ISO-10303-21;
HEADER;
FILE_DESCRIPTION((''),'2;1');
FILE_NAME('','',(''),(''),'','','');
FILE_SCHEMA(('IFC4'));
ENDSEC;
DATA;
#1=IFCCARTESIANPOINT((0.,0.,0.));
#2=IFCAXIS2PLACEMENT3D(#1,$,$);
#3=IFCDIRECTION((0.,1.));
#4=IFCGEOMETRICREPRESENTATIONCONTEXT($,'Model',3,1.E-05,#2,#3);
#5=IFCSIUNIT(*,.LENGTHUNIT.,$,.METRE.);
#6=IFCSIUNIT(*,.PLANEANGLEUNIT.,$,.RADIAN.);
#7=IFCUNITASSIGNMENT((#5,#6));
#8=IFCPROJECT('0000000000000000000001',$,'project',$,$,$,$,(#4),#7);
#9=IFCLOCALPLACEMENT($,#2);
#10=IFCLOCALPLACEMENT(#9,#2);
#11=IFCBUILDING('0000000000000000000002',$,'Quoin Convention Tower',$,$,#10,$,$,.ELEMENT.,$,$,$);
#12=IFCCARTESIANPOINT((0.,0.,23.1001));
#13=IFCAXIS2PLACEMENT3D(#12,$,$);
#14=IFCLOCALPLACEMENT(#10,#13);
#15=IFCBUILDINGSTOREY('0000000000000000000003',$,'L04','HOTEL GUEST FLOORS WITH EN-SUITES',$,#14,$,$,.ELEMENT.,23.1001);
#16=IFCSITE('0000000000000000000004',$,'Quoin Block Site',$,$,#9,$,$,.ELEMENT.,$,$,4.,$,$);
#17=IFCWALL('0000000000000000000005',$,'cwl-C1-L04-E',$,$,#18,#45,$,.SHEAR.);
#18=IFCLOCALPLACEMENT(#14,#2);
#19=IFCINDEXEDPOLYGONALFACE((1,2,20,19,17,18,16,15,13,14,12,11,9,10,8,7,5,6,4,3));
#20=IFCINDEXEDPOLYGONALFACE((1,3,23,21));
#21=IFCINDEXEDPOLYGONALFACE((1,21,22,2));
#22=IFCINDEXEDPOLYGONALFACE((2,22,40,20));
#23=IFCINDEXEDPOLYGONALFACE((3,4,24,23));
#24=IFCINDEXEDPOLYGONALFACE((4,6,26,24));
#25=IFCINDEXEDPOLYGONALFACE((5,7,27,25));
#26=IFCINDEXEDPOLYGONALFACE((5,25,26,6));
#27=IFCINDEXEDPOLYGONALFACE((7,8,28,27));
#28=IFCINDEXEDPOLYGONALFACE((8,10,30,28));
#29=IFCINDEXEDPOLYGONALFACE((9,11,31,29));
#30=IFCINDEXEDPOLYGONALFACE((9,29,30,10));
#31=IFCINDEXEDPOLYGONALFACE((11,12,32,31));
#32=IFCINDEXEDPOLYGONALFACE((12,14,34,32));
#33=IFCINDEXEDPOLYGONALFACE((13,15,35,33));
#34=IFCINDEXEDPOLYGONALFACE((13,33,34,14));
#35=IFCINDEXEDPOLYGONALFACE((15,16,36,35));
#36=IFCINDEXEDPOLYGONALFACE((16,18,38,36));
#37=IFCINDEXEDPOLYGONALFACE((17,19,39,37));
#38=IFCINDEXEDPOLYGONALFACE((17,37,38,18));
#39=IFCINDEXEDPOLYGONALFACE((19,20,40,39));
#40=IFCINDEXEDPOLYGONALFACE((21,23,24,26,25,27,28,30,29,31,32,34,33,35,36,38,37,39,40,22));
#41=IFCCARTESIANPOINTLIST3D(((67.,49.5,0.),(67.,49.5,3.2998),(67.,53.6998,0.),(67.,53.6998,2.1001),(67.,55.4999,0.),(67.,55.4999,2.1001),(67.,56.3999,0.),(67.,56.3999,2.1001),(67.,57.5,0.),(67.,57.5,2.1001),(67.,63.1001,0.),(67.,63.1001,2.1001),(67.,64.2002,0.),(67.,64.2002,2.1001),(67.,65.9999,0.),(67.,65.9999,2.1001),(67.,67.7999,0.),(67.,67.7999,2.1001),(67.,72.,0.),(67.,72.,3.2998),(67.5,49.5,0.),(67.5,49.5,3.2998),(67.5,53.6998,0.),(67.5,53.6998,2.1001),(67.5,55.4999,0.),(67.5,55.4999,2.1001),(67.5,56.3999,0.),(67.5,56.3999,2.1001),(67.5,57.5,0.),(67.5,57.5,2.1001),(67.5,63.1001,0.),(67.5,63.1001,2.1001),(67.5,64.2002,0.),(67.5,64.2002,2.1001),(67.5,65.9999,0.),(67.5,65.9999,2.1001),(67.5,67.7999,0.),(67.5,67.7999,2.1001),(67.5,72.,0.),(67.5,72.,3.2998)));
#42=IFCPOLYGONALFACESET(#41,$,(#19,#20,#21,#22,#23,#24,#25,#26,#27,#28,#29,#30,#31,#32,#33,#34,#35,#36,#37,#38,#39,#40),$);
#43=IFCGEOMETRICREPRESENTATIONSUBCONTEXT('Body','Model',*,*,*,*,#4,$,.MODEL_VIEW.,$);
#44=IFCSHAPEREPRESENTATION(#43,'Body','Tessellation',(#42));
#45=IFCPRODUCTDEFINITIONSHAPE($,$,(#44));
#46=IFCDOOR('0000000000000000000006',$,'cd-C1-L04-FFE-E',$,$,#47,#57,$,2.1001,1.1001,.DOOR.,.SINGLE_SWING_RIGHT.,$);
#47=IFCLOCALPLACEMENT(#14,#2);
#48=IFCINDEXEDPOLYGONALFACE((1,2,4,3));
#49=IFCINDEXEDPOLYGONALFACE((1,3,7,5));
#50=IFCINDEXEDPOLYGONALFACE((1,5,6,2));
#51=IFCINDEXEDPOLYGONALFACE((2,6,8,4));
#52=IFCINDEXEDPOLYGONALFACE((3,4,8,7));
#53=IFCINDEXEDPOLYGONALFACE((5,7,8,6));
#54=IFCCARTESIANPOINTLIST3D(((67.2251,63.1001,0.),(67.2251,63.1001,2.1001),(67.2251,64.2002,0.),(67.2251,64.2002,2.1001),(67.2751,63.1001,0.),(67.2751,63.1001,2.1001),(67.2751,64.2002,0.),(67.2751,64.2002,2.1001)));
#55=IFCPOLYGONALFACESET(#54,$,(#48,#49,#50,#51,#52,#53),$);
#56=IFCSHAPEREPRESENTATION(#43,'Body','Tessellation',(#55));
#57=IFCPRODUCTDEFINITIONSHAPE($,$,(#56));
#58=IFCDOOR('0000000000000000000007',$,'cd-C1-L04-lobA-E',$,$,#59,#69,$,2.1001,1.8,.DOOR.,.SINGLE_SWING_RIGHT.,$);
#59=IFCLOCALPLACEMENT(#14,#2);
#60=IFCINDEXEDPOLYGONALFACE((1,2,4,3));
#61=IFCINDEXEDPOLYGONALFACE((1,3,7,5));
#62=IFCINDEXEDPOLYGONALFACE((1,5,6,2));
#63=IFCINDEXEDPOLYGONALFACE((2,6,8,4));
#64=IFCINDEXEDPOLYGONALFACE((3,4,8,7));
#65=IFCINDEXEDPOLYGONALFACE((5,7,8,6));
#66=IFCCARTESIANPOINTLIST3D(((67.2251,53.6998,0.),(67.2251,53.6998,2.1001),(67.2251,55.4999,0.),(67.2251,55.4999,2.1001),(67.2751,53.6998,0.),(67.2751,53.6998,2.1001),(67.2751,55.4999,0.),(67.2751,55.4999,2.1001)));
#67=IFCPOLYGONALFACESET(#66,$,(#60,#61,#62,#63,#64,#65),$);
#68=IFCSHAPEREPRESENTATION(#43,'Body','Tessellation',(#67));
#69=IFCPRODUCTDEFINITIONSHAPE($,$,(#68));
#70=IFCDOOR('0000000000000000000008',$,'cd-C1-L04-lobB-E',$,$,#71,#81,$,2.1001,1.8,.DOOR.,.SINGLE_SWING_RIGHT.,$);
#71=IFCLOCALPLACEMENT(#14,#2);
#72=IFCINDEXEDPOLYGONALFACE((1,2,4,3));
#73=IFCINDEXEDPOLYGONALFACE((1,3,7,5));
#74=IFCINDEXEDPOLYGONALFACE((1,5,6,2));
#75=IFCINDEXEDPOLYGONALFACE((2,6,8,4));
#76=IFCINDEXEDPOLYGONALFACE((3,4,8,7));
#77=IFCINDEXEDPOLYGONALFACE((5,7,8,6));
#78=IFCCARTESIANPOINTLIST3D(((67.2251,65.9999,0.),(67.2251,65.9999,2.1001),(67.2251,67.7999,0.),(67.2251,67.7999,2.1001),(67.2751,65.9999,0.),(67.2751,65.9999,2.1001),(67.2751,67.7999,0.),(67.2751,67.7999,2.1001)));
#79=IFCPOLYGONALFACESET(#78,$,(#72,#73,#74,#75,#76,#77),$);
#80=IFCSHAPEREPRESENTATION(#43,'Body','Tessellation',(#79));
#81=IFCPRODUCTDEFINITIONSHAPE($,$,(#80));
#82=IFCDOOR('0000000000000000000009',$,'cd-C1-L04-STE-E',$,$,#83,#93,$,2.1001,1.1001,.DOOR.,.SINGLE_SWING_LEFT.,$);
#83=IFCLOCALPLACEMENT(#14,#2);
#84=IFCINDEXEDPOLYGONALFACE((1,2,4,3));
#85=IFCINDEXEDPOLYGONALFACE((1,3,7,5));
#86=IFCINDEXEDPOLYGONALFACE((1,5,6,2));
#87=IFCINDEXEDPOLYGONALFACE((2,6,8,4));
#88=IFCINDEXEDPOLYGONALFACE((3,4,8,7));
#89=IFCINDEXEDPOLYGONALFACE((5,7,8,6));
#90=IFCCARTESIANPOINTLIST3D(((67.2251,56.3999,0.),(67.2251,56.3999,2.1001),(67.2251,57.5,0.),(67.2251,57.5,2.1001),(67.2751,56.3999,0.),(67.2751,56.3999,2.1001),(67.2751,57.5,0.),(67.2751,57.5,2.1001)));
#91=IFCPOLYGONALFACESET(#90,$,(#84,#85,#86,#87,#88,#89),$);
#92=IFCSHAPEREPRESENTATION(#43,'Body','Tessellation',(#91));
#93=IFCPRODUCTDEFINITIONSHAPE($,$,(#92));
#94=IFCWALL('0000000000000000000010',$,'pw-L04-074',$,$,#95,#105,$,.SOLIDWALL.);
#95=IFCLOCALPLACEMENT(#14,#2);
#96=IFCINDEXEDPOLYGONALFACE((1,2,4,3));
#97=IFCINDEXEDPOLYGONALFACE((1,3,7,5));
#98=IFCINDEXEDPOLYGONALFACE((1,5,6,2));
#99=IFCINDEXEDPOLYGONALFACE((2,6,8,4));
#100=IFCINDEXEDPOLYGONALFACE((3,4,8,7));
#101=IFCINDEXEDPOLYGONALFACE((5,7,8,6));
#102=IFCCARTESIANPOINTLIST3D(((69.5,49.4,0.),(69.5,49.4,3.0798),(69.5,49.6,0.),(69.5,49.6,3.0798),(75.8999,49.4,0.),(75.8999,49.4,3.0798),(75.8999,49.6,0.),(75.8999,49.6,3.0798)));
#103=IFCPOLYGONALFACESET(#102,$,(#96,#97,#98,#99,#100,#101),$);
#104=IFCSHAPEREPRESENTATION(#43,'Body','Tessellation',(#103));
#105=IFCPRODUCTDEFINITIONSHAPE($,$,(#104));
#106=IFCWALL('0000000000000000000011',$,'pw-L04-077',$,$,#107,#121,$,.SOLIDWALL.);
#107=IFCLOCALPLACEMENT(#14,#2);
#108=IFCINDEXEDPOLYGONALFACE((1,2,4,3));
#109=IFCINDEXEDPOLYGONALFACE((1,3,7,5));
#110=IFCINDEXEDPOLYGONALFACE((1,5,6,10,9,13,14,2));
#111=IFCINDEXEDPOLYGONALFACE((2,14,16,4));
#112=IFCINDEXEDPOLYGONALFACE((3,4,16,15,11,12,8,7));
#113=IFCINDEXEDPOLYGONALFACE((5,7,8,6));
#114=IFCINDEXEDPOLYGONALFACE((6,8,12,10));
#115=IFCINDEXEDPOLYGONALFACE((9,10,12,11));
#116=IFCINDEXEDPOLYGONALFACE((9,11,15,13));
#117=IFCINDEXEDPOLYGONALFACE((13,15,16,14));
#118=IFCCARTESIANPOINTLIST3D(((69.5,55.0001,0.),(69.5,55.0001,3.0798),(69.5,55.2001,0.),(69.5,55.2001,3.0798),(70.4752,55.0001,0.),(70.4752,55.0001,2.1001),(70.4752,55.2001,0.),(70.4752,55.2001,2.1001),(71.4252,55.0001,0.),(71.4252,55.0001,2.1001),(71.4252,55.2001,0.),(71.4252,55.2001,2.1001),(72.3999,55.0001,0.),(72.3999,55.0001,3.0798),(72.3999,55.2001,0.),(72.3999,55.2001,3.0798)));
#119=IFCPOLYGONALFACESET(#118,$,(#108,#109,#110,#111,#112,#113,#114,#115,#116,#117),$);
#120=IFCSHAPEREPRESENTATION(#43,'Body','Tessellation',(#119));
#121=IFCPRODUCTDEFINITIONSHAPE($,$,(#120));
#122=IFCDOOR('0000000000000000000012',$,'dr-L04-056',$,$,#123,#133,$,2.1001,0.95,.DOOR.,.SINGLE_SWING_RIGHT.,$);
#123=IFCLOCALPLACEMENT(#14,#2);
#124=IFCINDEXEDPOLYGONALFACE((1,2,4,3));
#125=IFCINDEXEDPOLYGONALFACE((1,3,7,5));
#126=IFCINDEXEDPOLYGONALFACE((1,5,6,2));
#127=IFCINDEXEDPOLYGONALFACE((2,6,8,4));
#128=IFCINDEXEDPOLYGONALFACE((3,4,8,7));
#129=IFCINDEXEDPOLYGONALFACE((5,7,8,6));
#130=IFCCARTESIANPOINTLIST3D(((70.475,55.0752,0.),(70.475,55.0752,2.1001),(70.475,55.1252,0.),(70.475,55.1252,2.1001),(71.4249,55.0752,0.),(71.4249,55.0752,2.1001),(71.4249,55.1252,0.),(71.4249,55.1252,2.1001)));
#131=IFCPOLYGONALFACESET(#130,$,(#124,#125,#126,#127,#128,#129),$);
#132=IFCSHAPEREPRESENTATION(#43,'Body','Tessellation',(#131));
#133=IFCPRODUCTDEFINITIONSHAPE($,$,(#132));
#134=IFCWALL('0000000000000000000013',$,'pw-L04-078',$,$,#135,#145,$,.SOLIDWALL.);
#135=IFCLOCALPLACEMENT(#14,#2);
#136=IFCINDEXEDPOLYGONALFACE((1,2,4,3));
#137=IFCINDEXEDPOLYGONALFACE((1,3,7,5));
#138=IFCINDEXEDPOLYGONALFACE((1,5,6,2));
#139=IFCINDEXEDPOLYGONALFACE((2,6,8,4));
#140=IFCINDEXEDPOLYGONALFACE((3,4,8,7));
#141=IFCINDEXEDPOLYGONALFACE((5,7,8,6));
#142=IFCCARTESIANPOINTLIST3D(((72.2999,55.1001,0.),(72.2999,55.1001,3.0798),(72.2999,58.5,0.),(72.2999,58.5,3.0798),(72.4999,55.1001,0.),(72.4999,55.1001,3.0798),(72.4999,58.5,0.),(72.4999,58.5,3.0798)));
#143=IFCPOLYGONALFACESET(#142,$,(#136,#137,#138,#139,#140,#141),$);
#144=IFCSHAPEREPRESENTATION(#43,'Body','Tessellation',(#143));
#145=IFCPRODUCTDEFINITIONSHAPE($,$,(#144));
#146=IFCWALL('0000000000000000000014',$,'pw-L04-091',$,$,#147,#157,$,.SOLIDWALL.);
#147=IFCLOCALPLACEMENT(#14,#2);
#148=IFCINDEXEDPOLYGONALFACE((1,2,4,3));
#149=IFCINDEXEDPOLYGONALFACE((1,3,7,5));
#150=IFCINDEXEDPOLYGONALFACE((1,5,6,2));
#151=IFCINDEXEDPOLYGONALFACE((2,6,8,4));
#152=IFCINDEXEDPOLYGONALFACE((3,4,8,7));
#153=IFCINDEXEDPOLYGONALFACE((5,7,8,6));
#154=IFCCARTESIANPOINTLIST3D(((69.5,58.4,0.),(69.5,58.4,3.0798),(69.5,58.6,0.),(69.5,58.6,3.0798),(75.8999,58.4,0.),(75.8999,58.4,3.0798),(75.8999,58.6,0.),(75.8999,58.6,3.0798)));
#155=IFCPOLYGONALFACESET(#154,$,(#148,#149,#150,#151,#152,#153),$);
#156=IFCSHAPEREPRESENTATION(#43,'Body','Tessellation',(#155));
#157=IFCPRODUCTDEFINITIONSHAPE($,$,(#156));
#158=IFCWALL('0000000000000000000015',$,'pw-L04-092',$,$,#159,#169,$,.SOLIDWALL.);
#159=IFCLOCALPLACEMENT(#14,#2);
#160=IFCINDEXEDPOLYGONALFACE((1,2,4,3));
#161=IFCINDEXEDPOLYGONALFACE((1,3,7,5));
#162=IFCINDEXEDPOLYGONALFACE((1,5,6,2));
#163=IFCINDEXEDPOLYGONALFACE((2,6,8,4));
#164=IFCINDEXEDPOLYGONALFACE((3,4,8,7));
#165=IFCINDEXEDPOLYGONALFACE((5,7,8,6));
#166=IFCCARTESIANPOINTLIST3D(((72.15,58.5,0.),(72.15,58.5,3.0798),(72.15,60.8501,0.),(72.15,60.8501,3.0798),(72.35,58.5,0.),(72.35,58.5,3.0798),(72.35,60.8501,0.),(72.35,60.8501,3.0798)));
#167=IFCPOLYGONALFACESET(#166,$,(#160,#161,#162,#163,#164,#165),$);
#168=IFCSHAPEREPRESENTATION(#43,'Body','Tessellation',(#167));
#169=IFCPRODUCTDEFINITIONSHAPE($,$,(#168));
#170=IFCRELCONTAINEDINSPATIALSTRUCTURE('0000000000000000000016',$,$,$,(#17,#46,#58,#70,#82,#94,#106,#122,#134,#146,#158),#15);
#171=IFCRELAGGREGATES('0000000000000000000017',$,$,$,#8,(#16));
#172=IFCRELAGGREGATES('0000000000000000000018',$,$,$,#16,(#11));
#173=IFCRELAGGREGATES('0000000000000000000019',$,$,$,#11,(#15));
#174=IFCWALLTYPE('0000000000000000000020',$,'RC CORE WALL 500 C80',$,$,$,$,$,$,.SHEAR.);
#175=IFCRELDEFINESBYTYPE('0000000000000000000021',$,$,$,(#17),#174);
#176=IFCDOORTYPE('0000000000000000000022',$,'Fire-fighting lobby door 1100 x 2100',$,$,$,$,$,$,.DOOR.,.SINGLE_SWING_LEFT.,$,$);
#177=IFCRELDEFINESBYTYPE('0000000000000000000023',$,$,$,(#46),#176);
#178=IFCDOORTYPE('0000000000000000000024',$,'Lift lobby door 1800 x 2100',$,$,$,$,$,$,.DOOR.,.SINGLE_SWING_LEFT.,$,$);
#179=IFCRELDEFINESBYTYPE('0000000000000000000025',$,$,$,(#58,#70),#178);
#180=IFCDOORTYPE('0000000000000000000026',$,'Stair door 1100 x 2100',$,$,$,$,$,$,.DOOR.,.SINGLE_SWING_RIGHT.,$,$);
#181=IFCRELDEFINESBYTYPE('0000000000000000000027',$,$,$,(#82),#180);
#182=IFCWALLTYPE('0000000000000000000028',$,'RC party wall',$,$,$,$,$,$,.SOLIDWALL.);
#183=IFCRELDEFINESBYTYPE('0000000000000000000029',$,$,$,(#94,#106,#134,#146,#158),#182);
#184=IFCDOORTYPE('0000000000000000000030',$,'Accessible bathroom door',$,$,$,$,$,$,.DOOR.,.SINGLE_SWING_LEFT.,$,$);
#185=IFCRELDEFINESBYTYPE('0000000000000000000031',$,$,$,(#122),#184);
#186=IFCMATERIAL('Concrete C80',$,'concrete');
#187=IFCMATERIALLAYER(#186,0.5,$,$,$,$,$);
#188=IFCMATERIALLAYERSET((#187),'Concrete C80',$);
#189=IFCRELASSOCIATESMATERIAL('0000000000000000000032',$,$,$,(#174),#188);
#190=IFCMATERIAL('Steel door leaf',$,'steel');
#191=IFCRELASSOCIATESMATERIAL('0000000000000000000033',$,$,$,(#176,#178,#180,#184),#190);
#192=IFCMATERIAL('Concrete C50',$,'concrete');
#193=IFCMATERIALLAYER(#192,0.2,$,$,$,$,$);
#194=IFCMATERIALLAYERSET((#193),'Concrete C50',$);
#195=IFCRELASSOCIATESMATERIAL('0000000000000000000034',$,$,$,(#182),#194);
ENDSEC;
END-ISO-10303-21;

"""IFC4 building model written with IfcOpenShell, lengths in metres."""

from ifc_helpers import new_model, si_unit, direction, frame, frame_2d, origin, place, context, subcontext, project, spatial, rectangle, extrude, material, layer, layer_set, type_object, element, fill, save


model = new_model("IFC4")

# Units and contexts
model_context = context("Model", 3, precision=1e-05, world=origin(), true_north=direction((0.0, 1.0)))
body_context = subcontext(model_context, "Body", "Model", "MODEL_VIEW")
ifc_project = project(units=[si_unit("LENGTHUNIT", "METRE"), si_unit("PLANEANGLEUNIT", "RADIAN")], contexts=[model_context])

# Site, building, storey
site_placement = place(None, origin())
site = spatial("IfcSite", under=ifc_project, at=site_placement, Name="Quoin Block Site", CompositionType="ELEMENT", RefElevation=4.0)
building_placement = place(site_placement, origin())
building = spatial("IfcBuilding", under=site, at=building_placement, Name="Quoin Convention Tower", CompositionType="ELEMENT")
storey_placement = place(building_placement, frame((0.0, 0.0, 23.1001)))
storey = spatial("IfcBuildingStorey", under=building, at=storey_placement, Name="L04", Description="HOTEL GUEST FLOORS WITH EN-SUITES", CompositionType="ELEMENT", Elevation=23.1001)

# Shared definitions
ifc_material_1 = material(Name="Concrete C80", Category="concrete")

# Shared definitions
ifc_material_2 = material(Name="Concrete C50", Category="concrete")

# Shared definitions
ifc_material_3 = material(Name="Steel door leaf", Category="steel")

# Wall, openings, doors
ifc_layer_1 = layer(ifc_material_1, 0.5)
ifc_layer_set_1 = layer_set([ifc_layer_1], Name="Concrete C80")
wall_type_1 = type_object("IfcWallType", Name="RC CORE WALL 500 C80", PredefinedType="SHEAR", material=ifc_layer_set_1)
wall_1_placement = place(storey_placement, frame((67.25, 49.5, 0.0), z_axis=(0.0, 0.0, 1.0), x_axis=(0.0, 1.0, 0.0)))
wall_1 = element("IfcWall", 1, at=wall_1_placement, inside=storey, type_object=wall_type_1, Name="cwl-C1-L04-E", PredefinedType="SHEAR", context=body_context, shape_type="SweptSolid", body=[
    extrude(rectangle(XDim=22.5, YDim=0.5, at=frame_2d((11.25, 0.0))), origin(), (0.0, 0.0, 1.0), 3.2998),
])
opening_1_placement = place(wall_1_placement, frame((4.2, 0.0, 0.0)))
opening_1 = element("IfcOpeningElement", 2, at=opening_1_placement, cuts=wall_1, PredefinedType="OPENING", context=body_context, shape_type="SweptSolid", body=[
    extrude(rectangle(XDim=1.8, YDim=2.1001, at=frame_2d((0.8999, 1.05))), frame((0.0, 0.26, 0.0), z_axis=(0.0, -1.0, 0.0), x_axis=(1.0, 0.0, 0.0)), (0.0, 0.0, 1.0), 0.52),
])
opening_2_placement = place(wall_1_placement, frame((6.8999, 0.0, 0.0)))
opening_2 = element("IfcOpeningElement", 3, at=opening_2_placement, cuts=wall_1, PredefinedType="OPENING", context=body_context, shape_type="SweptSolid", body=[
    extrude(rectangle(XDim=1.1001, YDim=2.1001, at=frame_2d((0.55, 1.05))), frame((0.0, 0.26, 0.0), z_axis=(0.0, -1.0, 0.0), x_axis=(1.0, 0.0, 0.0)), (0.0, 0.0, 1.0), 0.52),
])
opening_3_placement = place(wall_1_placement, frame((13.6001, 0.0, 0.0)))
opening_3 = element("IfcOpeningElement", 4, at=opening_3_placement, cuts=wall_1, PredefinedType="OPENING", context=body_context, shape_type="SweptSolid", body=[
    extrude(rectangle(XDim=1.1001, YDim=2.1001, at=frame_2d((0.55, 1.05))), frame((0.0, 0.26, 0.0), z_axis=(0.0, -1.0, 0.0), x_axis=(1.0, 0.0, 0.0)), (0.0, 0.0, 1.0), 0.52),
])
opening_4_placement = place(wall_1_placement, frame((16.5, 0.0, 0.0)))
opening_4 = element("IfcOpeningElement", 5, at=opening_4_placement, cuts=wall_1, PredefinedType="OPENING", context=body_context, shape_type="SweptSolid", body=[
    extrude(rectangle(XDim=1.8, YDim=2.1001, at=frame_2d((0.8999, 1.05))), frame((0.0, 0.26, 0.0), z_axis=(0.0, -1.0, 0.0), x_axis=(1.0, 0.0, 0.0)), (0.0, 0.0, 1.0), 0.52),
])
door_type_1 = type_object("IfcDoorType", Name="Fire-fighting lobby door 1100 x 2100", OperationType="SINGLE_SWING_LEFT", PredefinedType="DOOR", material=ifc_material_3)
door_1_placement = place(opening_3_placement, origin())
door_1 = element("IfcDoor", 6, at=door_1_placement, inside=storey, type_object=door_type_1, Name="cd-C1-L04-FFE-E", OperationType="SINGLE_SWING_RIGHT", OverallHeight=2.1001, OverallWidth=1.1001, PredefinedType="DOOR", context=body_context, shape_type="SweptSolid", body=[
    extrude(rectangle(XDim=1.1001, YDim=2.1001, at=frame_2d((0.55, 1.05))), frame((0.0, 0.0249, 0.0), z_axis=(0.0, -1.0, 0.0), x_axis=(1.0, 0.0, 0.0)), (0.0, 0.0, 1.0), 0.05),
])
fill(opening_3, door_1)
door_type_2 = type_object("IfcDoorType", Name="Lift lobby door 1800 x 2100", OperationType="SINGLE_SWING_LEFT", PredefinedType="DOOR", material=ifc_material_3)
door_2_placement = place(opening_1_placement, origin())
door_2 = element("IfcDoor", 7, at=door_2_placement, inside=storey, type_object=door_type_2, Name="cd-C1-L04-lobA-E", OperationType="SINGLE_SWING_RIGHT", OverallHeight=2.1001, OverallWidth=1.8, PredefinedType="DOOR", context=body_context, shape_type="SweptSolid", body=[
    extrude(rectangle(XDim=1.8, YDim=2.1001, at=frame_2d((0.8999, 1.05))), frame((0.0, 0.0249, 0.0), z_axis=(0.0, -1.0, 0.0), x_axis=(1.0, 0.0, 0.0)), (0.0, 0.0, 1.0), 0.05),
])
fill(opening_1, door_2)
door_3_placement = place(opening_4_placement, origin())
door_3 = element("IfcDoor", 8, at=door_3_placement, inside=storey, type_object=door_type_2, Name="cd-C1-L04-lobB-E", OperationType="SINGLE_SWING_RIGHT", OverallHeight=2.1001, OverallWidth=1.8, PredefinedType="DOOR", context=body_context, shape_type="SweptSolid", body=[
    extrude(rectangle(XDim=1.8, YDim=2.1001, at=frame_2d((0.8999, 1.05))), frame((0.0, 0.0249, 0.0), z_axis=(0.0, -1.0, 0.0), x_axis=(1.0, 0.0, 0.0)), (0.0, 0.0, 1.0), 0.05),
])
fill(opening_4, door_3)
door_type_3 = type_object("IfcDoorType", Name="Stair door 1100 x 2100", OperationType="SINGLE_SWING_RIGHT", PredefinedType="DOOR", material=ifc_material_3)
door_4_placement = place(opening_2_placement, origin())
door_4 = element("IfcDoor", 9, at=door_4_placement, inside=storey, type_object=door_type_3, Name="cd-C1-L04-STE-E", OperationType="SINGLE_SWING_LEFT", OverallHeight=2.1001, OverallWidth=1.1001, PredefinedType="DOOR", context=body_context, shape_type="SweptSolid", body=[
    extrude(rectangle(XDim=1.1001, YDim=2.1001, at=frame_2d((0.55, 1.05))), frame((0.0, 0.0249, 0.0), z_axis=(0.0, -1.0, 0.0), x_axis=(1.0, 0.0, 0.0)), (0.0, 0.0, 1.0), 0.05),
])
fill(opening_2, door_4)

# Wall
ifc_layer_2 = layer(ifc_material_2, 0.2)
ifc_layer_set_2 = layer_set([ifc_layer_2], Name="Concrete C50")
wall_type_2 = type_object("IfcWallType", Name="RC party wall", PredefinedType="SOLIDWALL", material=ifc_layer_set_2)
wall_2_placement = place(storey_placement, frame((69.5, 49.5, 0.0), z_axis=(0.0, 0.0, 1.0), x_axis=(1.0, 0.0, 0.0)))
element("IfcWall", 10, at=wall_2_placement, inside=storey, type_object=wall_type_2, Name="pw-L04-074", PredefinedType="SOLIDWALL", context=body_context, shape_type="SweptSolid", body=[
    extrude(rectangle(XDim=6.3999, YDim=0.2, at=frame_2d((3.2, 0.0))), origin(), (0.0, 0.0, 1.0), 3.0798),
])

# Wall, opening, door
wall_3_placement = place(storey_placement, frame((69.5, 55.1001, 0.0), z_axis=(0.0, 0.0, 1.0), x_axis=(1.0, 0.0, 0.0)))
wall_3 = element("IfcWall", 11, at=wall_3_placement, inside=storey, type_object=wall_type_2, Name="pw-L04-077", PredefinedType="SOLIDWALL", context=body_context, shape_type="SweptSolid", body=[
    extrude(rectangle(XDim=2.8999, YDim=0.2, at=frame_2d((1.45, 0.0))), origin(), (0.0, 0.0, 1.0), 3.0798),
])
opening_5_placement = place(wall_3_placement, frame((0.9751, 0.0, 0.0)))
opening_5 = element("IfcOpeningElement", 12, at=opening_5_placement, cuts=wall_3, PredefinedType="OPENING", context=body_context, shape_type="SweptSolid", body=[
    extrude(rectangle(XDim=0.95, YDim=2.1001, at=frame_2d((0.4751, 1.05))), frame((0.0, 0.1099, 0.0), z_axis=(0.0, -1.0, 0.0), x_axis=(1.0, 0.0, 0.0)), (0.0, 0.0, 1.0), 0.22),
])
door_type_4 = type_object("IfcDoorType", Name="Accessible bathroom door", OperationType="SINGLE_SWING_LEFT", PredefinedType="DOOR", material=ifc_material_3)
door_5_placement = place(opening_5_placement, frame((0.95, 0.0, 0.0), z_axis=(0.0, 0.0, 1.0), x_axis=(-1.0, 0.0, 0.0)))
door_5 = element("IfcDoor", 13, at=door_5_placement, inside=storey, type_object=door_type_4, Name="dr-L04-056", OperationType="SINGLE_SWING_RIGHT", OverallHeight=2.1001, OverallWidth=0.95, PredefinedType="DOOR", context=body_context, shape_type="SweptSolid", body=[
    extrude(rectangle(XDim=0.95, YDim=2.1001, at=frame_2d((0.4751, 1.05))), frame((0.0, 0.0249, 0.0), z_axis=(0.0, -1.0, 0.0), x_axis=(1.0, 0.0, 0.0)), (0.0, 0.0, 1.0), 0.05),
])
fill(opening_5, door_5)

# Walls
wall_4_placement = place(storey_placement, frame((72.3999, 55.1001, 0.0), z_axis=(0.0, 0.0, 1.0), x_axis=(0.0, 1.0, 0.0)))
element("IfcWall", 14, at=wall_4_placement, inside=storey, type_object=wall_type_2, Name="pw-L04-078", PredefinedType="SOLIDWALL", context=body_context, shape_type="SweptSolid", body=[
    extrude(rectangle(XDim=3.3999, YDim=0.2, at=frame_2d((1.7, 0.0))), origin(), (0.0, 0.0, 1.0), 3.0798),
])
wall_5_placement = place(storey_placement, frame((69.5, 58.5, 0.0), z_axis=(0.0, 0.0, 1.0), x_axis=(1.0, 0.0, 0.0)))
element("IfcWall", 15, at=wall_5_placement, inside=storey, type_object=wall_type_2, Name="pw-L04-091", PredefinedType="SOLIDWALL", context=body_context, shape_type="SweptSolid", body=[
    extrude(rectangle(XDim=6.3999, YDim=0.2, at=frame_2d((3.2, 0.0))), origin(), (0.0, 0.0, 1.0), 3.0798),
])
wall_6_placement = place(storey_placement, frame((72.25, 58.5, 0.0), z_axis=(0.0, 0.0, 1.0), x_axis=(0.0, 1.0, 0.0)))
element("IfcWall", 16, at=wall_6_placement, inside=storey, type_object=wall_type_2, Name="pw-L04-092", PredefinedType="SOLIDWALL", context=body_context, shape_type="SweptSolid", body=[
    extrude(rectangle(XDim=2.3501, YDim=0.2, at=frame_2d((1.175, 0.0))), origin(), (0.0, 0.0, 1.0), 3.0798),
])

save(model, "model.ifc")
